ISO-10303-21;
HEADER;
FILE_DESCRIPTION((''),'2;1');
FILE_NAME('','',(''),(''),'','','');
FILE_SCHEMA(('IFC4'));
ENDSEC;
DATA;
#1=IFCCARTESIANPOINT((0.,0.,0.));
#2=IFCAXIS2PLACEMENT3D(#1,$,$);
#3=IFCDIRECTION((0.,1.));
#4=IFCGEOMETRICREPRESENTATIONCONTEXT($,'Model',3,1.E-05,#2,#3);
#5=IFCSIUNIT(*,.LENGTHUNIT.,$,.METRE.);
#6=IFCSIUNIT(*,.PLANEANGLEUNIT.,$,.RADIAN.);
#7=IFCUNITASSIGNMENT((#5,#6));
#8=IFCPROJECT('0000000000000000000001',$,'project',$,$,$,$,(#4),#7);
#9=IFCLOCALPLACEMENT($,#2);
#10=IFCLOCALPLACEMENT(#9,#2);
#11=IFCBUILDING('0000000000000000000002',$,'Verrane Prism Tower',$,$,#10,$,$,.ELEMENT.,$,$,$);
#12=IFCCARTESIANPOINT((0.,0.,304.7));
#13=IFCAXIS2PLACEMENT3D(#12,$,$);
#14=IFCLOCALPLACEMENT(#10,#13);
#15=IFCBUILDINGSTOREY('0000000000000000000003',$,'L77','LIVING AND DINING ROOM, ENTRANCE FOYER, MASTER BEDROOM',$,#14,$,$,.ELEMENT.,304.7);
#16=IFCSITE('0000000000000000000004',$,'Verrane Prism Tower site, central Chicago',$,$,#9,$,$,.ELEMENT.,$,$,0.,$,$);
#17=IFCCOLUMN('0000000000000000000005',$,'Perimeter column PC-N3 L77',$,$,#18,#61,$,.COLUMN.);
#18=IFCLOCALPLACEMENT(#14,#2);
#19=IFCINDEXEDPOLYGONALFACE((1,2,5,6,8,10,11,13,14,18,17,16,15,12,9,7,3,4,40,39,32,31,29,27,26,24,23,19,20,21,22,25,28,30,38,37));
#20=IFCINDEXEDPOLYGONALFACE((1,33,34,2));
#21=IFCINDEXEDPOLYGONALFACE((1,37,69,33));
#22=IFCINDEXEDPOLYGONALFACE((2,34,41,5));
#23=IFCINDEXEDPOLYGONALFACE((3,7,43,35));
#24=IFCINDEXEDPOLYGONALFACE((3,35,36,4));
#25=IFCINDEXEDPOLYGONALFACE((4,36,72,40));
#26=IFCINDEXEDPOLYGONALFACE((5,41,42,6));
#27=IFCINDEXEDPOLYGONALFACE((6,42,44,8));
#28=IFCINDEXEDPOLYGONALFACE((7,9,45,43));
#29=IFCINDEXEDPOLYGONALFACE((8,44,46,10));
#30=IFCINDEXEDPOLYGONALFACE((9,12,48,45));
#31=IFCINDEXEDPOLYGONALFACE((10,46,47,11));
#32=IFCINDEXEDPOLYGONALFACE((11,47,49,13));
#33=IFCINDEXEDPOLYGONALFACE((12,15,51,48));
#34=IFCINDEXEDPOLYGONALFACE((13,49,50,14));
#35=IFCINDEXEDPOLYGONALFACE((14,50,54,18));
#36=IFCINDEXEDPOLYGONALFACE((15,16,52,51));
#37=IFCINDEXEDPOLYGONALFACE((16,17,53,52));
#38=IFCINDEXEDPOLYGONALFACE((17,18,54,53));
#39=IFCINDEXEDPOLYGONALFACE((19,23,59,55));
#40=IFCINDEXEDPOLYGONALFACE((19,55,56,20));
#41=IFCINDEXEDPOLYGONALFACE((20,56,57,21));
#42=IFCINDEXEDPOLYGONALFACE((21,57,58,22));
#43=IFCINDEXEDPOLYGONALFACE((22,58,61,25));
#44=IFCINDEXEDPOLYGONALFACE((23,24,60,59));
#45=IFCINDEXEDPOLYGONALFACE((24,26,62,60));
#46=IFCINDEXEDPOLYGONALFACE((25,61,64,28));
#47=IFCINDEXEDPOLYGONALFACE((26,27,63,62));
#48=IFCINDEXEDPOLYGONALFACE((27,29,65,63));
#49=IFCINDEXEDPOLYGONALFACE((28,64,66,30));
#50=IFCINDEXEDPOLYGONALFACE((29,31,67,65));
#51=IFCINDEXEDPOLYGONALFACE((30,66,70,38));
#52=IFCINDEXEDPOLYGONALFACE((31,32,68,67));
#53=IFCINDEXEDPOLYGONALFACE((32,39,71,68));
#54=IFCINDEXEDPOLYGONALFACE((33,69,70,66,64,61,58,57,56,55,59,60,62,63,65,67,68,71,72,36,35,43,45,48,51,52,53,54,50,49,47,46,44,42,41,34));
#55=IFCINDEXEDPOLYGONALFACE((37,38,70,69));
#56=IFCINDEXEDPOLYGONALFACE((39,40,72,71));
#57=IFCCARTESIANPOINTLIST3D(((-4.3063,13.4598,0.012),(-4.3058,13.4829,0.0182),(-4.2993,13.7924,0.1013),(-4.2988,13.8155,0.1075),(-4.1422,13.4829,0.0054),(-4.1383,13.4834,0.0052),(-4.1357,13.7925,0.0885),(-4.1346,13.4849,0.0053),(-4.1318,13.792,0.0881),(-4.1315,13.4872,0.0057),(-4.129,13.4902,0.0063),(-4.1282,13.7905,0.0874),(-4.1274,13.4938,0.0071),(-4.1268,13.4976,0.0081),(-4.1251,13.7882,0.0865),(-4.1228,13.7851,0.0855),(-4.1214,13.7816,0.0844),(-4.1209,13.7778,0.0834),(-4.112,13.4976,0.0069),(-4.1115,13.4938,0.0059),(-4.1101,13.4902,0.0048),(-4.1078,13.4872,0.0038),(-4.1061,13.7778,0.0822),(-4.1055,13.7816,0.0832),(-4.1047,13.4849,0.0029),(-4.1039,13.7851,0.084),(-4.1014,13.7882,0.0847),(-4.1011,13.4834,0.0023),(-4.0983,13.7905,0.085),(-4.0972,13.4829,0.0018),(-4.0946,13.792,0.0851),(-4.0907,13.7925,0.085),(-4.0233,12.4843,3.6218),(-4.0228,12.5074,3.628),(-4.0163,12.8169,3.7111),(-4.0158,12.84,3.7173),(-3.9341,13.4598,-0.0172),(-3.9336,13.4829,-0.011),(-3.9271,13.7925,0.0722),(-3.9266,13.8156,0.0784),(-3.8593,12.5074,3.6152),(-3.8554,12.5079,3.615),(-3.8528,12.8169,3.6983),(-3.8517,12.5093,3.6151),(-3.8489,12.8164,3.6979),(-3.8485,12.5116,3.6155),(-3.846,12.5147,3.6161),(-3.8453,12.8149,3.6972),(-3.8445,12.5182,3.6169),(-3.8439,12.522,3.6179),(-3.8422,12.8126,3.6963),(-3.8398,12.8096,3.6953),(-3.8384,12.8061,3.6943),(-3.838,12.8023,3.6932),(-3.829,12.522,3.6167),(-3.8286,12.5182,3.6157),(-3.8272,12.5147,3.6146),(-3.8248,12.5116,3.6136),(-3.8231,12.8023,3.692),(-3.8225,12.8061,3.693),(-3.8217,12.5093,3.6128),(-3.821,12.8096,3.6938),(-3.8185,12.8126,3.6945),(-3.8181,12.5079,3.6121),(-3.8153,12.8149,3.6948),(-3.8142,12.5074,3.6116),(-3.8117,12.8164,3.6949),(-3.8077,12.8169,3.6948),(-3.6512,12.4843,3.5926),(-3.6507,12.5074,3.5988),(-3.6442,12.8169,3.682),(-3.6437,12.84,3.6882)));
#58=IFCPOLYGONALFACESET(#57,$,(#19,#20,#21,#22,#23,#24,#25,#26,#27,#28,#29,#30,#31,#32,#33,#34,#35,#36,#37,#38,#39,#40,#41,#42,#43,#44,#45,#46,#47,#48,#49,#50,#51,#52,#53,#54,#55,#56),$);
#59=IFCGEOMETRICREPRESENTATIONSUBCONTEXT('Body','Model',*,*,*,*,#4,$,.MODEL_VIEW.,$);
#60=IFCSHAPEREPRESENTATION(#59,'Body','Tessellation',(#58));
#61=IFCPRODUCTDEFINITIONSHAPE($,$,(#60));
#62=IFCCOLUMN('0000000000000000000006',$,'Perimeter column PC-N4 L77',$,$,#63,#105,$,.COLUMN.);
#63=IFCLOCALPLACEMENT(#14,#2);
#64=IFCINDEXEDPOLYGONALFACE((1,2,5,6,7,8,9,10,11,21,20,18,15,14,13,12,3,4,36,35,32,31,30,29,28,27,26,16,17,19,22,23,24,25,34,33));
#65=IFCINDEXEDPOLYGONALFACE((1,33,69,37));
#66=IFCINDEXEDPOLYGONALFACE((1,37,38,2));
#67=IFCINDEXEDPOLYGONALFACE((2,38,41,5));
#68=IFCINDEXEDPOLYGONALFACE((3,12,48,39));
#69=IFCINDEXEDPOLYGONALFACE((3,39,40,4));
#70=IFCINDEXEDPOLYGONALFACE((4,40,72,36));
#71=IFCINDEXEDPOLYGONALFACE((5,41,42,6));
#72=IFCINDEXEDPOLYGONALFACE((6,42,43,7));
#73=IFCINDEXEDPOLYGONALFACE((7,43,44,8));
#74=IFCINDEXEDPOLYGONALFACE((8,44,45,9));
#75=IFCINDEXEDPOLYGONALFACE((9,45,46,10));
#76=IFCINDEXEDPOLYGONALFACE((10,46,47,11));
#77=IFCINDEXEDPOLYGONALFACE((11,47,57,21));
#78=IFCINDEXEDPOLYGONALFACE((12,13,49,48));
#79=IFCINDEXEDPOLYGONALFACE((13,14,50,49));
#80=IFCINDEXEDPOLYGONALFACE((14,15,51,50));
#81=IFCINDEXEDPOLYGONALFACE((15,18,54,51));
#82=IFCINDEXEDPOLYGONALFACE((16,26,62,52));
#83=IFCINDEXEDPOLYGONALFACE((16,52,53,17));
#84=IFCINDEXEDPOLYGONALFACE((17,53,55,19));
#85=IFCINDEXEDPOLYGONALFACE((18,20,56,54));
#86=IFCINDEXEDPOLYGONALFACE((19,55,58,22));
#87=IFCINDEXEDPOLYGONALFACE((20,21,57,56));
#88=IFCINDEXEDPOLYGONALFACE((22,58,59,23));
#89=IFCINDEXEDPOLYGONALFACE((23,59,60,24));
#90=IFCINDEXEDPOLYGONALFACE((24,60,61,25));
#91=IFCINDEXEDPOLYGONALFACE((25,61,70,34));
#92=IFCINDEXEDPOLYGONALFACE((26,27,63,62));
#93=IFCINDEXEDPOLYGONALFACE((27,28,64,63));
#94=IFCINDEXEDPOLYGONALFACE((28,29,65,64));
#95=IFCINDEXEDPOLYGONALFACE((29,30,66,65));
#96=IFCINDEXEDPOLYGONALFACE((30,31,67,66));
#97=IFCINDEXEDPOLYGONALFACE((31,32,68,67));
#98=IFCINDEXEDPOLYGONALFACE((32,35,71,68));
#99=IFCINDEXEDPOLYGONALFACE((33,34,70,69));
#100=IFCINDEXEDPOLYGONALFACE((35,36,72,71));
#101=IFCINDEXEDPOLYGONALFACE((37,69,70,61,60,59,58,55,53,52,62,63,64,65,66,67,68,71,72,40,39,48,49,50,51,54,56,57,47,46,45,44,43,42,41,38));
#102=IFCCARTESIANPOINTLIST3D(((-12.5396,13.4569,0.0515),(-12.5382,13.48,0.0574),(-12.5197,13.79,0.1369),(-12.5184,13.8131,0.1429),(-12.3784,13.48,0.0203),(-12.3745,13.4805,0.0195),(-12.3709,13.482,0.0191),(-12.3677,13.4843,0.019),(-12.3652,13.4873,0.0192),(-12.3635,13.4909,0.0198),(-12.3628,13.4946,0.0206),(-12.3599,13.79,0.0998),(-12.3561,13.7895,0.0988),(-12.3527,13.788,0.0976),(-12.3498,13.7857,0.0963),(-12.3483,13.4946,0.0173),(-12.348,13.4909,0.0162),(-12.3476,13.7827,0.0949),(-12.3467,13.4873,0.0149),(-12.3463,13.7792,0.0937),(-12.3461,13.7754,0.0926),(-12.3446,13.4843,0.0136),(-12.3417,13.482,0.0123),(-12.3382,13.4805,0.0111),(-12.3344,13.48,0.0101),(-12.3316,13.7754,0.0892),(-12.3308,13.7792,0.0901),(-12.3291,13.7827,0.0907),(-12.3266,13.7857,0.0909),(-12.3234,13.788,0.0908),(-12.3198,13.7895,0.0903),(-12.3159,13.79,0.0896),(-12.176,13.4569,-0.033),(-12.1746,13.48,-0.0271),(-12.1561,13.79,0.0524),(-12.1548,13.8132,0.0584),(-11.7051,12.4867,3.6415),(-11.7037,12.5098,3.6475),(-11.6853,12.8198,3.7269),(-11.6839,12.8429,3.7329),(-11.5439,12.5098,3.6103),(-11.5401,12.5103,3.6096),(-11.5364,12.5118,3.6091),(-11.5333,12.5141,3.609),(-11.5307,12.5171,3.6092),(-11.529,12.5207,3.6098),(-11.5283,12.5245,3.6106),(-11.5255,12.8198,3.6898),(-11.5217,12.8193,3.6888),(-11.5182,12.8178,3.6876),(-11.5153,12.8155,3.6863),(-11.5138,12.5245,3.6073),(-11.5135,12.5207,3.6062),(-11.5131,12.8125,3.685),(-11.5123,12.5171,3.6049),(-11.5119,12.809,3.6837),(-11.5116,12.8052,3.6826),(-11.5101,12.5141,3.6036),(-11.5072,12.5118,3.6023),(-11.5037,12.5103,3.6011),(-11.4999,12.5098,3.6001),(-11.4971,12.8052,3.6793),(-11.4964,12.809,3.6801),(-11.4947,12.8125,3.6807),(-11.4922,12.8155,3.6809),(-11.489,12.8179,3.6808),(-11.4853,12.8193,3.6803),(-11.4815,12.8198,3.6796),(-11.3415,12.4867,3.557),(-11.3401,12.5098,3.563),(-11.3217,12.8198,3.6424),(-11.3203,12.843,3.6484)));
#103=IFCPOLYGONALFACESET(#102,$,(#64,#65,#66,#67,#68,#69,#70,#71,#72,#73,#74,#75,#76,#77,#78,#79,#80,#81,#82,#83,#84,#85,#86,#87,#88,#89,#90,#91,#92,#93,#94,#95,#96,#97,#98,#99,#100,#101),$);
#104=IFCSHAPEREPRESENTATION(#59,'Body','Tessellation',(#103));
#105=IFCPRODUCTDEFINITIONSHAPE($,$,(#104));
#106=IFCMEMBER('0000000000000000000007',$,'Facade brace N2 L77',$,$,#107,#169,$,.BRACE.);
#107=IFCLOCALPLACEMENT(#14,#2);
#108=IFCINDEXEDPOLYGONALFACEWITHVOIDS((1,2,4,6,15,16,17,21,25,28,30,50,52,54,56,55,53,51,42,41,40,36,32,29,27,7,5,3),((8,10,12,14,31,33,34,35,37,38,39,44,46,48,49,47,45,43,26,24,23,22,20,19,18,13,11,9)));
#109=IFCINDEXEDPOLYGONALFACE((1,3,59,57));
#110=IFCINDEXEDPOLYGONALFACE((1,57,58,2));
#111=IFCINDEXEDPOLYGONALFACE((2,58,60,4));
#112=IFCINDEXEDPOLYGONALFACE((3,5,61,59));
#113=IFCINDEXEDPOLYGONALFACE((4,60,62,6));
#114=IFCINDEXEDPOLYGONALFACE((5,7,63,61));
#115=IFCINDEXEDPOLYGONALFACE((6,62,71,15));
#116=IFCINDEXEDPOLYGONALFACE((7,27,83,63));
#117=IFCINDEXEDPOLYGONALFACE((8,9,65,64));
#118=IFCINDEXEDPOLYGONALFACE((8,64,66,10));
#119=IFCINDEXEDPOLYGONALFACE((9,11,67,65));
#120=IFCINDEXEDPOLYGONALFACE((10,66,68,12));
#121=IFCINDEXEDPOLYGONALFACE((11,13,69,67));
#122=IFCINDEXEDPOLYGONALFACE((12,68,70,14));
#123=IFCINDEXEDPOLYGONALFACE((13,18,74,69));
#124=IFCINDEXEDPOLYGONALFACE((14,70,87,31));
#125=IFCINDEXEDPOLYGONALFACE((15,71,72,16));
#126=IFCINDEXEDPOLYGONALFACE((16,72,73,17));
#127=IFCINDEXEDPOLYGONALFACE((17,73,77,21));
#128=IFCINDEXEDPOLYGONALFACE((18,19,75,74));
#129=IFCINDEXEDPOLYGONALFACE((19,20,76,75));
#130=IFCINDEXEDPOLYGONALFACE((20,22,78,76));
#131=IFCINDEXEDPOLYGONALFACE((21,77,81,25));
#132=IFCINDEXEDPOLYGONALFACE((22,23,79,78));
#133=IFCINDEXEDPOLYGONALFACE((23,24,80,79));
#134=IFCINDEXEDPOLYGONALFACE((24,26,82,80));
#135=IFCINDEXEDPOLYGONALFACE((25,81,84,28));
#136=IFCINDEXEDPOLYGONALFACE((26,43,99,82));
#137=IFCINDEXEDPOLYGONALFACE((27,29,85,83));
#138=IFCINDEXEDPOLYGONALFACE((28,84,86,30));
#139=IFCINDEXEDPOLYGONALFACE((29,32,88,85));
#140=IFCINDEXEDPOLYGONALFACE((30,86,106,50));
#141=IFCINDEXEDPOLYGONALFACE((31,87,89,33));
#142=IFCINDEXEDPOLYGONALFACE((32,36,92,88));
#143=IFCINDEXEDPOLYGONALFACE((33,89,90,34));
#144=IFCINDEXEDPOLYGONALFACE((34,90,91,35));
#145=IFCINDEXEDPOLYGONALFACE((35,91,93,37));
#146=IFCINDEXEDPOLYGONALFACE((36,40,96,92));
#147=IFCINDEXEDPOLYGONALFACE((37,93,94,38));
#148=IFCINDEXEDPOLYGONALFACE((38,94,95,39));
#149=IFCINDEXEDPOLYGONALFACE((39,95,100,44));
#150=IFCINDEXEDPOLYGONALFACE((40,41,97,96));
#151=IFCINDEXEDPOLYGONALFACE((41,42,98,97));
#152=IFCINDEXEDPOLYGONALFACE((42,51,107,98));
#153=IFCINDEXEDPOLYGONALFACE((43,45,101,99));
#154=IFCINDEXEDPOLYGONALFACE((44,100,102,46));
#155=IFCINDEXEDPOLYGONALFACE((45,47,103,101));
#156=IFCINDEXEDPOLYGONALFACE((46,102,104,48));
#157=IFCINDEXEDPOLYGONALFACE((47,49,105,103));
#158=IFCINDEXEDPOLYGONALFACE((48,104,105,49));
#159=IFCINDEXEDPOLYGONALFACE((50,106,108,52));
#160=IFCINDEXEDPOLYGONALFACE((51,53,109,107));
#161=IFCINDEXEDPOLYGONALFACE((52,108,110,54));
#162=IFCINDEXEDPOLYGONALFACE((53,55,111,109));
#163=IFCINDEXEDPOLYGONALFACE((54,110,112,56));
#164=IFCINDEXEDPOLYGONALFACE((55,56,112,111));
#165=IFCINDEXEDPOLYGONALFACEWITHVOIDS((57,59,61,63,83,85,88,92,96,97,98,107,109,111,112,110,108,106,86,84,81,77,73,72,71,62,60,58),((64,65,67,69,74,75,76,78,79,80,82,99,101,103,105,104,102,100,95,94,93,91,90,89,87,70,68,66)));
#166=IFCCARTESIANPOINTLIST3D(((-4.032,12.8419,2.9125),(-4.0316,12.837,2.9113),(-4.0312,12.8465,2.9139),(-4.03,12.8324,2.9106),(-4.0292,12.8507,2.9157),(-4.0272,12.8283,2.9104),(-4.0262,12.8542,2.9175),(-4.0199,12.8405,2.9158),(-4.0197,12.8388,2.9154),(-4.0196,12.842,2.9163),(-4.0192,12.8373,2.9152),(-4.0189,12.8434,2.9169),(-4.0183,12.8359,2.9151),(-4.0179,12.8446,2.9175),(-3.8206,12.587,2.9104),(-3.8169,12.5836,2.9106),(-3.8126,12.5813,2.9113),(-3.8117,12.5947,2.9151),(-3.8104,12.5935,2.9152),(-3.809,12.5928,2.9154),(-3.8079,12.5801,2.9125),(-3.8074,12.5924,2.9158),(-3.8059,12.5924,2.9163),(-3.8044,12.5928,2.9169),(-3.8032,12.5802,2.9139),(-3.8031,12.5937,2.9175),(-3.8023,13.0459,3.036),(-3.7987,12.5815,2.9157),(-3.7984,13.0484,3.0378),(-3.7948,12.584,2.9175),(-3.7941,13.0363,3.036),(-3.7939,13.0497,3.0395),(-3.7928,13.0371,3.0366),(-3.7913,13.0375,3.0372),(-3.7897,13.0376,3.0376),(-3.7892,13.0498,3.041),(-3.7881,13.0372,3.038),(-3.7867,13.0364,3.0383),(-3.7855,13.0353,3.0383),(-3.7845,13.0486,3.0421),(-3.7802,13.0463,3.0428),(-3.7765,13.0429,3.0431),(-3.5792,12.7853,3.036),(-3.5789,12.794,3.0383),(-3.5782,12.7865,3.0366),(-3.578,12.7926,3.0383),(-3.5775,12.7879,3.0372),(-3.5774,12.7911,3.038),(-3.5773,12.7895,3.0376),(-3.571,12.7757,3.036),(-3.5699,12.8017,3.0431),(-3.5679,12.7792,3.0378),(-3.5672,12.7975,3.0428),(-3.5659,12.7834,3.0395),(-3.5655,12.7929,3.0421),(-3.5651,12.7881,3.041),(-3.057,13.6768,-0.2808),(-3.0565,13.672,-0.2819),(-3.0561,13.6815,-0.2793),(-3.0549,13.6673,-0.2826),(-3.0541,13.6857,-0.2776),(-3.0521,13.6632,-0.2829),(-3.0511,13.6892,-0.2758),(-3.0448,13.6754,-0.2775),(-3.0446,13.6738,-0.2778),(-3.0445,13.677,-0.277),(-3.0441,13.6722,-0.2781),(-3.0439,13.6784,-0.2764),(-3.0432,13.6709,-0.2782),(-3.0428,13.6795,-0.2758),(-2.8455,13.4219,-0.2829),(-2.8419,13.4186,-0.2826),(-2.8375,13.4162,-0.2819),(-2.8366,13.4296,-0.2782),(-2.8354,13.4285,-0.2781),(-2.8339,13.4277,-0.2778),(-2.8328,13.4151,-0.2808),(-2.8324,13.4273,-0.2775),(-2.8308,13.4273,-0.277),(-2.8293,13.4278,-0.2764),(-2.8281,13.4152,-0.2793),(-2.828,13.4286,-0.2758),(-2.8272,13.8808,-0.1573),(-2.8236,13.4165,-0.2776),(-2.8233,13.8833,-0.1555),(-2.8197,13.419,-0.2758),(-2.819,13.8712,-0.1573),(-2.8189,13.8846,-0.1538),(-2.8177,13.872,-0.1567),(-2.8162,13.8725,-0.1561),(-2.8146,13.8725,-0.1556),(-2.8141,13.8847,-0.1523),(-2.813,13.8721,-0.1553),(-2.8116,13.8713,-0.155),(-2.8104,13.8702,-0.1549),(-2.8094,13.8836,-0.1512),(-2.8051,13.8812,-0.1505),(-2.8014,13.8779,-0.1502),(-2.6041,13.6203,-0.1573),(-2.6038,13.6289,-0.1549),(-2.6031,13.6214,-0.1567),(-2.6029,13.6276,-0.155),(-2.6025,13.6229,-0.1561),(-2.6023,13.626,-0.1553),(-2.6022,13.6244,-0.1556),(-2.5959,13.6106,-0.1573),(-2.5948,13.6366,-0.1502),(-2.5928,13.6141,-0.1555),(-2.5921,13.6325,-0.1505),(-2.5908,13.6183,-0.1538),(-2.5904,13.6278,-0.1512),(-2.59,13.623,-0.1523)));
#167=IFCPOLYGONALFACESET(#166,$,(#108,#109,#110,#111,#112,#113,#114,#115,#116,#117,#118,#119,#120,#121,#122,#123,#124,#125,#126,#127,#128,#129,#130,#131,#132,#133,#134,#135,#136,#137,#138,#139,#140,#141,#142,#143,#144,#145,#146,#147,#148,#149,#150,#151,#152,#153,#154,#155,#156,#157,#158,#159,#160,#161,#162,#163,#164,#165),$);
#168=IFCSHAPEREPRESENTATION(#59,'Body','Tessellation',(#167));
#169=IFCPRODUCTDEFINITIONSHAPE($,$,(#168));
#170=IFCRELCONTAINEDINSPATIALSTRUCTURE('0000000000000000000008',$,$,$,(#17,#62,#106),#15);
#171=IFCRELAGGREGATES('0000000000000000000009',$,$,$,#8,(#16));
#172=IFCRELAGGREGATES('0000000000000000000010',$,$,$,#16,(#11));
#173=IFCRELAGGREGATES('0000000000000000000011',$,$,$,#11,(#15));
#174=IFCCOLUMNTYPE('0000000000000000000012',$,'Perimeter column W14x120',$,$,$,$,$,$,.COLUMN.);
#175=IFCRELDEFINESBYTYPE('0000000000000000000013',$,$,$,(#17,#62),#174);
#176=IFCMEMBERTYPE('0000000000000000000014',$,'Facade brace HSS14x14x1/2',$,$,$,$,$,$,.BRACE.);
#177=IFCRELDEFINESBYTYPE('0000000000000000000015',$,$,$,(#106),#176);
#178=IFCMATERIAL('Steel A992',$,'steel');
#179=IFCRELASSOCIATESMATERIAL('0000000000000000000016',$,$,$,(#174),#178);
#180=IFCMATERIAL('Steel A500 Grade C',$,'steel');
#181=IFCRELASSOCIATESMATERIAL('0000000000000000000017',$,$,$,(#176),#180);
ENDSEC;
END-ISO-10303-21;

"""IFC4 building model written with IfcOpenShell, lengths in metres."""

from ifc_helpers import new_model, si_unit, direction, frame, origin, origin_2d, place, context, subcontext, project, spatial, hollow_rectangle, i_section, extrude, material, material_profile, profile_set, type_object, element, save


model = new_model("IFC4")

# Units and contexts
model_context = context("Model", 3, precision=1e-05, world=origin(), true_north=direction((0.0, 1.0)))
body_context = subcontext(model_context, "Body", "Model", "MODEL_VIEW")
ifc_project = project(units=[si_unit("LENGTHUNIT", "METRE"), si_unit("PLANEANGLEUNIT", "RADIAN")], contexts=[model_context])

# Site, building, storey
site_placement = place(None, origin())
site = spatial("IfcSite", under=ifc_project, at=site_placement, Name="Verrane Prism Tower site, central Chicago", CompositionType="ELEMENT", RefElevation=0.0)
building_placement = place(site_placement, origin())
building = spatial("IfcBuilding", under=site, at=building_placement, Name="Verrane Prism Tower", CompositionType="ELEMENT")
storey_placement = place(building_placement, frame((0.0, 0.0, 304.7)))
storey = spatial("IfcBuildingStorey", under=building, at=storey_placement, Name="L77", Description="LIVING AND DINING ROOM, ENTRANCE FOYER, MASTER BEDROOM", CompositionType="ELEMENT", Elevation=304.7)

# Columns
ifc_material_1 = material(Name="Steel A992", Category="steel")
ifc_material_profile_1 = material_profile(ifc_material_1, i_section(OverallWidth=0.3733, OverallDepth=0.3684, WebThickness=0.0149, FlangeThickness=0.0239, FilletRadius=0.0151, at=origin_2d()), Name="W14x120")
ifc_profile_set_1 = profile_set([ifc_material_profile_1], Name="Steel A992")
column_type = type_object("IfcColumnType", Name="Perimeter column W14x120", PredefinedType="COLUMN", material=ifc_profile_set_1)
column_1_placement = place(storey_placement, frame((-4.1165, 13.6377, 0.0452), z_axis=(0.075455, -0.260152, 0.962615), x_axis=(0.996943, 0.000037, -0.078135)))
element("IfcColumn", 1, at=column_1_placement, inside=storey, type_object=column_type, Name="Perimeter column PC-N3 L77", PredefinedType="COLUMN", context=body_context, shape_type="SweptSolid", body=[
    extrude(i_section(OverallWidth=0.3733, OverallDepth=0.3684, WebThickness=0.0149, FlangeThickness=0.0239, FilletRadius=0.0151, at=origin_2d()), origin(), (0.0, 0.0, 1.0), 3.75),
])
column_2_placement = place(storey_placement, frame((-12.3472, 13.635, 0.0549), z_axis=(0.218944, -0.254559, 0.941946), x_axis=(0.974037, 0.000049, -0.22639)))
element("IfcColumn", 2, at=column_2_placement, inside=storey, type_object=column_type, Name="Perimeter column PC-N4 L77", PredefinedType="COLUMN", context=body_context, shape_type="SweptSolid", body=[
    extrude(i_section(OverallWidth=0.3733, OverallDepth=0.3684, WebThickness=0.0149, FlangeThickness=0.0239, FilletRadius=0.0151, at=origin_2d()), origin(), (0.0, 0.0, 1.0), 3.8113),
])

# Member
ifc_material_2 = material(Name="Steel A500 Grade C", Category="steel")
ifc_material_profile_2 = material_profile(ifc_material_2, hollow_rectangle(XDim=0.3557, YDim=0.3557, WallThickness=0.0127, InnerFilletRadius=0.0063, OuterFilletRadius=0.019, at=origin_2d()), Name="HSS14x14x1/2")
ifc_profile_set_2 = profile_set([ifc_material_profile_2], Name="Steel A500 Grade C")
member_type_1 = type_object("IfcMemberType", Name="Facade brace HSS14x14x1/2", PredefinedType="BRACE", material=ifc_profile_set_2)
member_1_placement = place(storey_placement, frame((-2.8235, 13.6499, -0.2166), z_axis=(-0.283316, -0.242599, 0.927835), x_axis=(0.650415, -0.759579, 0.0)))
element("IfcMember", 3, at=member_1_placement, inside=storey, type_object=member_type_1, Name="Facade brace N2 L77", PredefinedType="BRACE", context=body_context, shape_type="SweptSolid", body=[
    extrude(hollow_rectangle(XDim=0.3557, YDim=0.3557, WallThickness=0.0127, InnerFilletRadius=0.0063, OuterFilletRadius=0.019, at=origin_2d()), origin(), (0.0, 0.0, 1.0), 3.4417),
])

save(model, "model.ifc")
